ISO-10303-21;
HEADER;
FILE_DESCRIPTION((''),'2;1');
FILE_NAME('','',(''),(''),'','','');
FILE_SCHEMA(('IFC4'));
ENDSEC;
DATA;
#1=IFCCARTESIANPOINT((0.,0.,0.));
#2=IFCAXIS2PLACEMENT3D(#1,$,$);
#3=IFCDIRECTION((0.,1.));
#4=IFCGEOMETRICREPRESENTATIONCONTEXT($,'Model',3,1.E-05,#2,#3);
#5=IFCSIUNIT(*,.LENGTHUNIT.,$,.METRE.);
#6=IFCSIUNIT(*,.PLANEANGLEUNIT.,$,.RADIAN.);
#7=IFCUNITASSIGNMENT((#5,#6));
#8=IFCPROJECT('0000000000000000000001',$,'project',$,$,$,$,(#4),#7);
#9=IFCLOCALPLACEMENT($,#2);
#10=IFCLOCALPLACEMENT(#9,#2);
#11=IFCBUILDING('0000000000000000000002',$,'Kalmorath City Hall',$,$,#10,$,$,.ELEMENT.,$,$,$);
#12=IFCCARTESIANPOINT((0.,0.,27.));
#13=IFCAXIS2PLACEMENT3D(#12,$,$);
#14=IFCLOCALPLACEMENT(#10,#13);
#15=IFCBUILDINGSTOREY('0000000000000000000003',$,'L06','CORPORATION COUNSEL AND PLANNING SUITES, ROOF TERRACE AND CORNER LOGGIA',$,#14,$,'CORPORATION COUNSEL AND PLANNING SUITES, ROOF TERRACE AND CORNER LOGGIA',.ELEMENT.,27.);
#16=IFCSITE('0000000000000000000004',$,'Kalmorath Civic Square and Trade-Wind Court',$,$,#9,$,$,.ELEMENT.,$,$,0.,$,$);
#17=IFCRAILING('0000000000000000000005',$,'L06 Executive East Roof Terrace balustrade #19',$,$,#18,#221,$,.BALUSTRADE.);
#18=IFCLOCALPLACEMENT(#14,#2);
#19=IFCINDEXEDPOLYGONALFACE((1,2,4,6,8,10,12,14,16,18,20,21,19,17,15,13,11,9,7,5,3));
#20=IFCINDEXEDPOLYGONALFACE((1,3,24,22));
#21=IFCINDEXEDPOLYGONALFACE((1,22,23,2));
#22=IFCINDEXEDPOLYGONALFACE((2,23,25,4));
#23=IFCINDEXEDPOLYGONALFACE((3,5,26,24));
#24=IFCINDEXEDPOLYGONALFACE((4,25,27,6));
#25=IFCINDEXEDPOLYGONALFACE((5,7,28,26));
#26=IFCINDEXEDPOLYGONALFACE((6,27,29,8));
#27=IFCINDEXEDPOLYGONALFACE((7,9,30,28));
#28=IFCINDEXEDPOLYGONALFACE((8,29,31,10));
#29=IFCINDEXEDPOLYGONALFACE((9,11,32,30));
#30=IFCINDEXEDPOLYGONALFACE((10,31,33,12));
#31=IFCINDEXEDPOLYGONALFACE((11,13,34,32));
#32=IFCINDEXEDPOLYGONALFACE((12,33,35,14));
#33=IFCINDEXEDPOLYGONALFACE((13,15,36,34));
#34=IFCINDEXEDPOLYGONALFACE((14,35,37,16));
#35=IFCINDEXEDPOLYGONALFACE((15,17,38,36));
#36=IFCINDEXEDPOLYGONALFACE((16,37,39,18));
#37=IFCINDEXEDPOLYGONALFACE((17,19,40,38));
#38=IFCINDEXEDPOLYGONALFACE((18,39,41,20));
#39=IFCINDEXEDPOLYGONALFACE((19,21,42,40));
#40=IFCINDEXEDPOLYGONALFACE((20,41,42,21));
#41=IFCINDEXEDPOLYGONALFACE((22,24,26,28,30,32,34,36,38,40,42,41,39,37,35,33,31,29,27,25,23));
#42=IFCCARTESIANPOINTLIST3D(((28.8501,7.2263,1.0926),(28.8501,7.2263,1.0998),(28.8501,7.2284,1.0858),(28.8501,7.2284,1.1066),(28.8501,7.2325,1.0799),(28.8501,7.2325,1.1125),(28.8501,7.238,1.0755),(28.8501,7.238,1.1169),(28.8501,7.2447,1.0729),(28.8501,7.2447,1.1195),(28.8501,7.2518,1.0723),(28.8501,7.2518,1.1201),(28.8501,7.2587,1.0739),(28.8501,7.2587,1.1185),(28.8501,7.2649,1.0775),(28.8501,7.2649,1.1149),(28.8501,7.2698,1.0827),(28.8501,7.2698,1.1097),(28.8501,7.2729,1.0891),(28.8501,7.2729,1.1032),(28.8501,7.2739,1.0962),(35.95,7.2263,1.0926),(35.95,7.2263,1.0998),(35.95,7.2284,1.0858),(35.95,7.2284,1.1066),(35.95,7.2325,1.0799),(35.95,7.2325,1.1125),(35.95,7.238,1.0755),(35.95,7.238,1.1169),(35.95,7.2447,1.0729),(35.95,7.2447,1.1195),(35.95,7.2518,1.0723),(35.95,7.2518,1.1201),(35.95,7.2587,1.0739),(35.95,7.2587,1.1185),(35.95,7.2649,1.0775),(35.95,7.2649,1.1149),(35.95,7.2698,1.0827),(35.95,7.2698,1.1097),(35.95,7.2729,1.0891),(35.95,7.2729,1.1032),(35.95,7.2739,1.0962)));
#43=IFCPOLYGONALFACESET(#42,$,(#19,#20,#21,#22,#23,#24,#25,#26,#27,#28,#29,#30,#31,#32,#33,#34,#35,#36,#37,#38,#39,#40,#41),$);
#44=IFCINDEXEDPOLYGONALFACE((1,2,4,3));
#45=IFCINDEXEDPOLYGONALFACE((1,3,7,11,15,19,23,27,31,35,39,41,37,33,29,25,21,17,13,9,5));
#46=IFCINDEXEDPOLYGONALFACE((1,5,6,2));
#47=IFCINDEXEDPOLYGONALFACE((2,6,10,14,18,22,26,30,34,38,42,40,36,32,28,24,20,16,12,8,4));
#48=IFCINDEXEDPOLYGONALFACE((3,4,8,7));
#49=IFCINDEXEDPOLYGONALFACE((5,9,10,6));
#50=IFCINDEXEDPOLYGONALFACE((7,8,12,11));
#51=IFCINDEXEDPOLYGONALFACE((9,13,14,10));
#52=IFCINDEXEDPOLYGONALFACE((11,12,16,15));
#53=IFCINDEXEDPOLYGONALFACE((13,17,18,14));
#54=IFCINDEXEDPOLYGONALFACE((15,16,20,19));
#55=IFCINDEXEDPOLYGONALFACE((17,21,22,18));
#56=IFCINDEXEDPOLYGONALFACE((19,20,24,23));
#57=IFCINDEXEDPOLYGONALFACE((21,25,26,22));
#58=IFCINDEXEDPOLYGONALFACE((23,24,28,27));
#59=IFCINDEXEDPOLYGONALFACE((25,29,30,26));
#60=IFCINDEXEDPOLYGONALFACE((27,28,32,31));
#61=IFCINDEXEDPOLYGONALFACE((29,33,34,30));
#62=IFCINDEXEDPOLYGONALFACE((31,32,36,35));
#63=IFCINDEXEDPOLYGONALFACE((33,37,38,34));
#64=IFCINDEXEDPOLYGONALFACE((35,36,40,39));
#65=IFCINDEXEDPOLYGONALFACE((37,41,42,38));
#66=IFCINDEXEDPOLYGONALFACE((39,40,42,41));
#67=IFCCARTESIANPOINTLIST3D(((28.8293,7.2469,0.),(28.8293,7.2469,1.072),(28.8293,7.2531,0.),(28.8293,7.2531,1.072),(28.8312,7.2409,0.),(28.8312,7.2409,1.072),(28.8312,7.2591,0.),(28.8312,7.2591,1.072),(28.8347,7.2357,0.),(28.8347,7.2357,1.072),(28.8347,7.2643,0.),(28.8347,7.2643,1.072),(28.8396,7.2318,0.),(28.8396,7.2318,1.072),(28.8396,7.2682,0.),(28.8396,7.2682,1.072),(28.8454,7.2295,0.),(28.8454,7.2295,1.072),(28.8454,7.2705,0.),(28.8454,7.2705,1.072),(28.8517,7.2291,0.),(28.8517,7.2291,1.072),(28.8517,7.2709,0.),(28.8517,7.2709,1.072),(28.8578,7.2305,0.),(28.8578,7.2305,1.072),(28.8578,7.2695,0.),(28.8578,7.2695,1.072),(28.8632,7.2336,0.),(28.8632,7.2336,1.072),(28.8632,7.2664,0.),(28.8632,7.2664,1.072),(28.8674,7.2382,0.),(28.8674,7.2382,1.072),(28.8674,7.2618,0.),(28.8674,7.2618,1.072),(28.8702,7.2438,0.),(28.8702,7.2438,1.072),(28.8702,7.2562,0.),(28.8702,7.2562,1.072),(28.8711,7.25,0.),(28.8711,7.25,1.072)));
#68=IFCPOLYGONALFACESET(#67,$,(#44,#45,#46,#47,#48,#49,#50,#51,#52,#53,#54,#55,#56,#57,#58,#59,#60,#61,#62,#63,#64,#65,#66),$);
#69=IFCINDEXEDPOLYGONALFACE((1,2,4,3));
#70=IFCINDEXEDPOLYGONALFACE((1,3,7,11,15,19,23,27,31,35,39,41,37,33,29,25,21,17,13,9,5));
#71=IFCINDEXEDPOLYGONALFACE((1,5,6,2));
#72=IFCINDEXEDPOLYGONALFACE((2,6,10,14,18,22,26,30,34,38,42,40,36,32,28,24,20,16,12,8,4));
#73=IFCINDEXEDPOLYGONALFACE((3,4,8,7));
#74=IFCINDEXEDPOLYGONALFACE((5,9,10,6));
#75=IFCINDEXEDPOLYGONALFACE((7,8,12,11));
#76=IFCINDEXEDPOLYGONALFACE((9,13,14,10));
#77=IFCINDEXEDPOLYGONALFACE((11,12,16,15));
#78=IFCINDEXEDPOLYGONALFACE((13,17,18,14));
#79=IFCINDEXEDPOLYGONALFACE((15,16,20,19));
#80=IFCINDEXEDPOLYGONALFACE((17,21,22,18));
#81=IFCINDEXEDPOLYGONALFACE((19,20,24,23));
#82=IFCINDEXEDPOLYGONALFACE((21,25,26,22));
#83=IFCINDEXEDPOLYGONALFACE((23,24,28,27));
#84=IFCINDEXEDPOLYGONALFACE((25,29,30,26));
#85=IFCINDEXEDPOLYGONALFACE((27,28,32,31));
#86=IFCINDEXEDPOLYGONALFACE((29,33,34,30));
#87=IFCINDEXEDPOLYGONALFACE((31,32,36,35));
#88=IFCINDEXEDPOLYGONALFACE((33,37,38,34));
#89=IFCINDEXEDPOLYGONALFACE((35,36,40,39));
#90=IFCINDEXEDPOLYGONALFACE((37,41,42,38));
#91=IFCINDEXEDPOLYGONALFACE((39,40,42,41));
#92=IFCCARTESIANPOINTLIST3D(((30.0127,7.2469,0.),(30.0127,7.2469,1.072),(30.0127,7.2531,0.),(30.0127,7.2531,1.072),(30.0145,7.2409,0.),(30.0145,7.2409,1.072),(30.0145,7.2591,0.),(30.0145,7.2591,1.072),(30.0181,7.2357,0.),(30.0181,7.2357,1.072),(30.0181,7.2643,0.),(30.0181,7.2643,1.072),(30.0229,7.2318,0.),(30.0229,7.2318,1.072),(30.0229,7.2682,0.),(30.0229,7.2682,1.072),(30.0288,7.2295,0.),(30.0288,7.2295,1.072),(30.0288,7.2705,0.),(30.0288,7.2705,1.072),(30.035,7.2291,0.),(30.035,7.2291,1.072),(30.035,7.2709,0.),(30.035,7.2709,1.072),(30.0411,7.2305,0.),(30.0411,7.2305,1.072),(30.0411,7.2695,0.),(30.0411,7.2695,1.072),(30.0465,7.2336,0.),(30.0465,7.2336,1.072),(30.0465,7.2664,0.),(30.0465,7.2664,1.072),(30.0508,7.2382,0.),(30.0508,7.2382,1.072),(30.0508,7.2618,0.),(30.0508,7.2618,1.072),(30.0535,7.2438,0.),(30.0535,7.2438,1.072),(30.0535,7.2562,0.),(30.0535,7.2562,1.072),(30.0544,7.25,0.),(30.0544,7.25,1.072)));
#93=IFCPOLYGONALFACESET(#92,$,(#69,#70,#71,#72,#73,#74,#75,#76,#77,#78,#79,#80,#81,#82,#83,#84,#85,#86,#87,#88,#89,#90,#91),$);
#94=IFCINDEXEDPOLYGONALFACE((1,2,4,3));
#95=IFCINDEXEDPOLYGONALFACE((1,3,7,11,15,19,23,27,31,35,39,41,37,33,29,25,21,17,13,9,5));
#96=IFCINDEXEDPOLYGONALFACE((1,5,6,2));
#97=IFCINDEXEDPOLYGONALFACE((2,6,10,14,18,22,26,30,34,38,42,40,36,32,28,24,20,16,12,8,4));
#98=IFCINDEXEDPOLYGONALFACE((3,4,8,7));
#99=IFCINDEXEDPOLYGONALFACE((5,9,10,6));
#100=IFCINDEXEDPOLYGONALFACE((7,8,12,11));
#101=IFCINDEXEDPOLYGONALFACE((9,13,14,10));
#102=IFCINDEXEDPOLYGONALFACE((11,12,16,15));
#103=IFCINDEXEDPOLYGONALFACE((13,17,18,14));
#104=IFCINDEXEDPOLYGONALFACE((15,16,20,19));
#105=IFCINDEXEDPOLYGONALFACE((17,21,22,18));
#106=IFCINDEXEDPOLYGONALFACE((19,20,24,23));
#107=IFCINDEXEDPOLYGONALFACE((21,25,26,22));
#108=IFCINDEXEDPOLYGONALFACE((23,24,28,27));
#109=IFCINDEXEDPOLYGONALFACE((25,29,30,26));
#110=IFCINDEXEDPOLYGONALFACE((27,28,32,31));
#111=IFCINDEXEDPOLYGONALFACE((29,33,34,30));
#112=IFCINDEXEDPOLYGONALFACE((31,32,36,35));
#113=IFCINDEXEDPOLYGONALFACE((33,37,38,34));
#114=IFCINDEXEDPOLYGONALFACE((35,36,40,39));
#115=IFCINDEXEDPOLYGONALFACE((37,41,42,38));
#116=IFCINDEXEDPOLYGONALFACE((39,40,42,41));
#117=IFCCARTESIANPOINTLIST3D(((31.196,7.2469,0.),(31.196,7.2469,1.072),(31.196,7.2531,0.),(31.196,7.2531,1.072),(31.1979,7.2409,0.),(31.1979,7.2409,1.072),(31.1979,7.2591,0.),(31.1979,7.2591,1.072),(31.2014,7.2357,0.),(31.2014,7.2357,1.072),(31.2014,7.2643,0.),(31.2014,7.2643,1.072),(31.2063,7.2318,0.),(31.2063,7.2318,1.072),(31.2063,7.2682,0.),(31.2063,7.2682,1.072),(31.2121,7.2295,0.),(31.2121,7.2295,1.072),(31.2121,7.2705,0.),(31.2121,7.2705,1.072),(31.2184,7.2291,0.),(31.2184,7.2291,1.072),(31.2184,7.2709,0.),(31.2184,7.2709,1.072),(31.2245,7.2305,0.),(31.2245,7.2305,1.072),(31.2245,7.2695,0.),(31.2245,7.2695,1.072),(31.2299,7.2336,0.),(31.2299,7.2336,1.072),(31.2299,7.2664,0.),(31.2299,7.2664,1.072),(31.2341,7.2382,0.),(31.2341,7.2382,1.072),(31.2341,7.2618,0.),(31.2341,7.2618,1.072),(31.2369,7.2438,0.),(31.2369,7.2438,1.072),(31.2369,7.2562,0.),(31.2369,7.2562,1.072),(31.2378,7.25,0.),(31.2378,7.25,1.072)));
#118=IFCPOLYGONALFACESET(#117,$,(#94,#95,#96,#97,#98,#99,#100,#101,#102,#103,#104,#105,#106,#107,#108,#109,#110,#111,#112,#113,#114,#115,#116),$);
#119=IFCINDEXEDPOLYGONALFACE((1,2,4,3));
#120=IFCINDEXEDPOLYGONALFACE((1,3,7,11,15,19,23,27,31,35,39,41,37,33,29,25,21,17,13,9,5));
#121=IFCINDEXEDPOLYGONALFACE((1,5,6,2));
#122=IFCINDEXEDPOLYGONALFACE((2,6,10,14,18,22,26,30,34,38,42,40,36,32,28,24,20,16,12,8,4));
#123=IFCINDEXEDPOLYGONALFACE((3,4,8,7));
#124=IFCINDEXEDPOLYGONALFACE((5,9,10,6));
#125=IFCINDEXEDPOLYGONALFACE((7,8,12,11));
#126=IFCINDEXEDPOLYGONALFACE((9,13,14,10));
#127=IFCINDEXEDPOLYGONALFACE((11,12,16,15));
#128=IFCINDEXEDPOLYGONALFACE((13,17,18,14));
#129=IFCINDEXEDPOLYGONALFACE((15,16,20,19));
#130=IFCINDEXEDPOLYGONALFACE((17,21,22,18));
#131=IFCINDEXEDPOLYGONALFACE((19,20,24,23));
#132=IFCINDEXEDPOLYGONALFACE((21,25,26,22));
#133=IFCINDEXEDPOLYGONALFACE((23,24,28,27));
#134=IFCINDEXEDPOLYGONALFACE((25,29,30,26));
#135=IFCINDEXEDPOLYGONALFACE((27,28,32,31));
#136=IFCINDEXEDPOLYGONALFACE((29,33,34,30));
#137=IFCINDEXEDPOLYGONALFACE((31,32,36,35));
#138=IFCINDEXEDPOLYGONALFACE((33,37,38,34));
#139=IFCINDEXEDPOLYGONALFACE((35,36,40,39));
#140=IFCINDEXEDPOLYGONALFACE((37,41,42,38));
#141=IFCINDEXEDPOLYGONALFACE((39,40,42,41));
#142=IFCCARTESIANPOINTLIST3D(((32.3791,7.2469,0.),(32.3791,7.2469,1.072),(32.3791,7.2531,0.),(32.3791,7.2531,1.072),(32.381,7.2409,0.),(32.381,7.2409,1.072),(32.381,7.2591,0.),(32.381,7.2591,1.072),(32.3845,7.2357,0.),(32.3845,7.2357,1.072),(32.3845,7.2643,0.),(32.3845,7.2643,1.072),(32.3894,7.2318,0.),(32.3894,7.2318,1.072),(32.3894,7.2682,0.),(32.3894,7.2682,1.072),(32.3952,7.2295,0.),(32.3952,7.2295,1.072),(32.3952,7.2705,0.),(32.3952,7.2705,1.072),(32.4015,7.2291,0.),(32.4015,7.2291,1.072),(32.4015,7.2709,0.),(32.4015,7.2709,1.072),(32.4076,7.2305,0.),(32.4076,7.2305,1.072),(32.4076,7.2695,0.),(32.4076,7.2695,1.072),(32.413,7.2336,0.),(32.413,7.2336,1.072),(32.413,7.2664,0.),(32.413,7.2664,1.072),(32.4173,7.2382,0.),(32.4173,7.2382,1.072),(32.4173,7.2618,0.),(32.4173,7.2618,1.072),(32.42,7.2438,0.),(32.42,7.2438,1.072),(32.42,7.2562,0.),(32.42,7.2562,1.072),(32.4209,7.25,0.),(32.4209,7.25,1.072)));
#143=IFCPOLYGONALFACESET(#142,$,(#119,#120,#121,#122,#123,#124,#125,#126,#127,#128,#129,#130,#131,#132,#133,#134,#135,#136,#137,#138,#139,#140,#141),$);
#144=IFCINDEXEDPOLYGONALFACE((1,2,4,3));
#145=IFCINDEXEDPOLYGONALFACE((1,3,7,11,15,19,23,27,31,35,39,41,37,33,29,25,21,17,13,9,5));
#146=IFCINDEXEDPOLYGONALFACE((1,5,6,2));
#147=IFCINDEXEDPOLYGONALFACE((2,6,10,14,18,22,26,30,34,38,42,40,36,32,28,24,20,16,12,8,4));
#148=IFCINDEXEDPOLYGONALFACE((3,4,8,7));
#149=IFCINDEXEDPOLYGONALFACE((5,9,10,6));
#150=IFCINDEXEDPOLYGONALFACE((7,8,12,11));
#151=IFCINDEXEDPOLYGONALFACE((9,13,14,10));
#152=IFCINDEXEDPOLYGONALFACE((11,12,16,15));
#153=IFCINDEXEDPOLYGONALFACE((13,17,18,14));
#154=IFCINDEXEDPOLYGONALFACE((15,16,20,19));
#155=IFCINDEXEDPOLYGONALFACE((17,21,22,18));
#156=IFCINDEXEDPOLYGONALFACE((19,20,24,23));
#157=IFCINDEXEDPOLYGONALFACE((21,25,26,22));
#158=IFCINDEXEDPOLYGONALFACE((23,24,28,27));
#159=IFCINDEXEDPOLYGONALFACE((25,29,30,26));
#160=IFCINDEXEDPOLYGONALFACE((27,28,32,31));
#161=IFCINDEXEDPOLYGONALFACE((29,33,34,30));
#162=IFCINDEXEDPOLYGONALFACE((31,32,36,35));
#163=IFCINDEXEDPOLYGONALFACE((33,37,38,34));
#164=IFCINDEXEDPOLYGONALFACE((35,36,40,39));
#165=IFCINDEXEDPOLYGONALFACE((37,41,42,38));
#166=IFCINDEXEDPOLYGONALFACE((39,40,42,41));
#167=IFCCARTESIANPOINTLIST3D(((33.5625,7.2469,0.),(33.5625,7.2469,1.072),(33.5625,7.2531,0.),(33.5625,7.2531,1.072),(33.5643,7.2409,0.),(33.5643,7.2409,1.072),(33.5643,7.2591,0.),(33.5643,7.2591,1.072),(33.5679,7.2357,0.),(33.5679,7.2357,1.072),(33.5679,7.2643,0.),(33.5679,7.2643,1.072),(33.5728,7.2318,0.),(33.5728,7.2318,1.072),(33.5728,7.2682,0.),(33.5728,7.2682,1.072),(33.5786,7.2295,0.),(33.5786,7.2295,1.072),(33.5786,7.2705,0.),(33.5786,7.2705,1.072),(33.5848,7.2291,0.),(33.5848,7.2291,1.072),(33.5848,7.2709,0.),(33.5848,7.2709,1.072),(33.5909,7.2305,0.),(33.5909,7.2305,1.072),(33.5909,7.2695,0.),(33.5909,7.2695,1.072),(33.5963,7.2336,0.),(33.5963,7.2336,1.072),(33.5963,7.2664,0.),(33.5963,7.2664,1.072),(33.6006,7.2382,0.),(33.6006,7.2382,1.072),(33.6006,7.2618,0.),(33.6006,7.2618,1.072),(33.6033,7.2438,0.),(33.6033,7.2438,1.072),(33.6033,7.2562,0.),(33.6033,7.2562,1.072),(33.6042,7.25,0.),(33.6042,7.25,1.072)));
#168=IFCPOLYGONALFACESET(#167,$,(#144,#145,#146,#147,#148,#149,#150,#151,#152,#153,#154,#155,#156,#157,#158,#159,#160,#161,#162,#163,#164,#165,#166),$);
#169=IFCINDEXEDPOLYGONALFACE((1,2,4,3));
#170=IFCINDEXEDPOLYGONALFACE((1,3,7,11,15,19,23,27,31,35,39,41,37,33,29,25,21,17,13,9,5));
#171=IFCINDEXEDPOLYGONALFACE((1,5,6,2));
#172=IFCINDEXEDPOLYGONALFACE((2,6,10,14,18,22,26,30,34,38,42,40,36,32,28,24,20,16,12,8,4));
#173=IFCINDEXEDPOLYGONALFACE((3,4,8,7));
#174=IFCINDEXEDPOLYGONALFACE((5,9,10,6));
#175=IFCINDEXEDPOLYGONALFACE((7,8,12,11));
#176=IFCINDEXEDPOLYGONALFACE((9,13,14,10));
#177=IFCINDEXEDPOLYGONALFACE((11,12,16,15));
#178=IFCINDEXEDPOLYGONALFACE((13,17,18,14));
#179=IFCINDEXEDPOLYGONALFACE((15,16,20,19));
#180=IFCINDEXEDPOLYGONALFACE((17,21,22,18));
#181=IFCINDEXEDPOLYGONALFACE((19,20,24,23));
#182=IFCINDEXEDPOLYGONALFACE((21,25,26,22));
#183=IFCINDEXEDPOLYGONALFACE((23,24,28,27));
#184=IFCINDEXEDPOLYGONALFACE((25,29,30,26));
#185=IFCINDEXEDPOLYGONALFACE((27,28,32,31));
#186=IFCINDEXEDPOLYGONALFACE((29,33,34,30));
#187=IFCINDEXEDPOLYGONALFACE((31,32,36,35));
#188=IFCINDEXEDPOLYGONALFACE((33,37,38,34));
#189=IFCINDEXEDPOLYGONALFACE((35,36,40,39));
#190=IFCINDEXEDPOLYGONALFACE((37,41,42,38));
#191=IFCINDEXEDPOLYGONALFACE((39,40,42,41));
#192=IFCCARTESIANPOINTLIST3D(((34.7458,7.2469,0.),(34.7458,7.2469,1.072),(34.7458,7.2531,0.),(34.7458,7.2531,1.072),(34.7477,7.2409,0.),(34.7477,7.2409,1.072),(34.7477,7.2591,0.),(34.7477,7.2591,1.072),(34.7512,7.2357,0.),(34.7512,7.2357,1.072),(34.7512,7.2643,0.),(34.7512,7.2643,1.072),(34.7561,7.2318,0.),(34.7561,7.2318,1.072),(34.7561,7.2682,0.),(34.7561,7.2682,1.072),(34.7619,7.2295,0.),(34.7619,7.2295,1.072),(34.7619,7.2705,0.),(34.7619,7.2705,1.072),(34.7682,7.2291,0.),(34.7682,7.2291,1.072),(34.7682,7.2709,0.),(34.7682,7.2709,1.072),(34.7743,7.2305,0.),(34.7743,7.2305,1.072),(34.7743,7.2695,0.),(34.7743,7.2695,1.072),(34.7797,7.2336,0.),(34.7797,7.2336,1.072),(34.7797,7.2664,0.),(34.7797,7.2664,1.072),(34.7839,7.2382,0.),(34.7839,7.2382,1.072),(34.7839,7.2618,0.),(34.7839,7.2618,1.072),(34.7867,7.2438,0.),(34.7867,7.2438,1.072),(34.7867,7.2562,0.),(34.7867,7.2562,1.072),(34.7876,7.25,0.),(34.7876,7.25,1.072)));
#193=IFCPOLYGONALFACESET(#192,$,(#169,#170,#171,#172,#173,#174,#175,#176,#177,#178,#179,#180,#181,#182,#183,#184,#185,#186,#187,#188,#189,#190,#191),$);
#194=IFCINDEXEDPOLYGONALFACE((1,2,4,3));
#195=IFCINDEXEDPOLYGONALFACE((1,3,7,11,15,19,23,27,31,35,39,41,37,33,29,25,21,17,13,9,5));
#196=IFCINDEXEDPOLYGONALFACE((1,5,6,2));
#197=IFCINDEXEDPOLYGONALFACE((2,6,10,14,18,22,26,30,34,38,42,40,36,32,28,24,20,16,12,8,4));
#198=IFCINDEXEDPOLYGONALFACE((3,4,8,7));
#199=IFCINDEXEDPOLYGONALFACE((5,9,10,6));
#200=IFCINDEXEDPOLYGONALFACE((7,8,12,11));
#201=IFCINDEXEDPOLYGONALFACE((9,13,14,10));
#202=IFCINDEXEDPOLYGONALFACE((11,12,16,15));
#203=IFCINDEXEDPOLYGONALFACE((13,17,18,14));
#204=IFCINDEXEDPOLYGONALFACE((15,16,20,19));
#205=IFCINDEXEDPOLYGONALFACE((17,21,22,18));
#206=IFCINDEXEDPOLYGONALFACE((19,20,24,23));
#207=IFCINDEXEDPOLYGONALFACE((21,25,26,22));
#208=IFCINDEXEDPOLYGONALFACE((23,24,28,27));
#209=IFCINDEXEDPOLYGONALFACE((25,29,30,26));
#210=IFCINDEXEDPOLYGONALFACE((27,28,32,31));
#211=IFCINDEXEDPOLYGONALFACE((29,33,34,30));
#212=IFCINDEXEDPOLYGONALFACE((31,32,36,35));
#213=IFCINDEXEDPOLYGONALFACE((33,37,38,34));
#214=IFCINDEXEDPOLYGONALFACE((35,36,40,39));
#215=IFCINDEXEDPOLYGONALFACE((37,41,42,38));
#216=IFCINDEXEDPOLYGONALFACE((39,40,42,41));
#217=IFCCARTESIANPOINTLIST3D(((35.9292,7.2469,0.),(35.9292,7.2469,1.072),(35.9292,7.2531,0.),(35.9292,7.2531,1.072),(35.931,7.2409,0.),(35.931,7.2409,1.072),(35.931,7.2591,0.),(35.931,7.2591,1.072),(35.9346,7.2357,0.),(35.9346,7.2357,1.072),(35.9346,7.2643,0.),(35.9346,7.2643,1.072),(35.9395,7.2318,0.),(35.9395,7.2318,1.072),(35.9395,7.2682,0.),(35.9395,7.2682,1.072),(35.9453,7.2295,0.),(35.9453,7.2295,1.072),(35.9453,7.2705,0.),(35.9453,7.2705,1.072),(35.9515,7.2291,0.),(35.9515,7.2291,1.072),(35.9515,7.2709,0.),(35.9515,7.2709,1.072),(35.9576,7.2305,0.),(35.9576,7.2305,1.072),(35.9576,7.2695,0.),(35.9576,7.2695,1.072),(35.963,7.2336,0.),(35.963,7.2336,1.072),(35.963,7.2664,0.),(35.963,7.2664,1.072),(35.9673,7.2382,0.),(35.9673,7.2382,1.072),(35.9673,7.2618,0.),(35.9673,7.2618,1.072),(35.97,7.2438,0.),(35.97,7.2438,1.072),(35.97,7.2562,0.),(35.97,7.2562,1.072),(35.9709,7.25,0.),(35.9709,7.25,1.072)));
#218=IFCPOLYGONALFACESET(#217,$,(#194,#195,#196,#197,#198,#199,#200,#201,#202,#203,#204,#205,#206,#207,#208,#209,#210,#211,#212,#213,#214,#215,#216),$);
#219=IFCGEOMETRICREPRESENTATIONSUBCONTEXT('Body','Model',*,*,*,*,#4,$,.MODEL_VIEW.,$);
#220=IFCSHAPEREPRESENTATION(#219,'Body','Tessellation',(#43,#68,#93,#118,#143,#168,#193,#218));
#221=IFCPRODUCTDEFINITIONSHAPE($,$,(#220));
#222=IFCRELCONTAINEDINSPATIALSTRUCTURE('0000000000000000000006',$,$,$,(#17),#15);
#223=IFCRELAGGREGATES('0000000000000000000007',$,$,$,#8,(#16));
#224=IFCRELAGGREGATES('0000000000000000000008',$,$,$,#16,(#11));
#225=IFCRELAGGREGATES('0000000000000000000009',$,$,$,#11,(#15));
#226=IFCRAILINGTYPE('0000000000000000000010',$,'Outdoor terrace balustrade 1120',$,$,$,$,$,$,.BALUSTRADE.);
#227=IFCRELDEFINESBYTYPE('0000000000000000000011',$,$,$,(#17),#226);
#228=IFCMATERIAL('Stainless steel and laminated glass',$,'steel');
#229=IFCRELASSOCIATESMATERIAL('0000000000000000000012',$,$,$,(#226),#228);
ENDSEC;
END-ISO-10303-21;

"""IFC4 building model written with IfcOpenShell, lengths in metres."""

from ifc_helpers import new_model, si_unit, direction, frame, origin, origin_2d, place, context, subcontext, project, spatial, circle, extrude, material, type_object, element, save


model = new_model("IFC4")

# Units and contexts
model_context = context("Model", 3, precision=1e-05, world=origin(), true_north=direction((0.0, 1.0)))
body_context = subcontext(model_context, "Body", "Model", "MODEL_VIEW")
ifc_project = project(units=[si_unit("LENGTHUNIT", "METRE"), si_unit("PLANEANGLEUNIT", "RADIAN")], contexts=[model_context])

# Site, building, storey
site_placement = place(None, origin())
site = spatial("IfcSite", under=ifc_project, at=site_placement, Name="Kalmorath Civic Square and Trade-Wind Court", CompositionType="ELEMENT", RefElevation=0.0)
building_placement = place(site_placement, origin())
building = spatial("IfcBuilding", under=site, at=building_placement, Name="Kalmorath City Hall", CompositionType="ELEMENT")
storey_placement = place(building_placement, frame((0.0, 0.0, 27.0)))
storey = spatial("IfcBuildingStorey", under=building, at=storey_placement, Name="L06", Description="CORPORATION COUNSEL AND PLANNING SUITES, ROOF TERRACE AND CORNER LOGGIA", LongName="CORPORATION COUNSEL AND PLANNING SUITES, ROOF TERRACE AND CORNER LOGGIA", CompositionType="ELEMENT", Elevation=27.0)

# Railing
ifc_material_1 = material(Name="Stainless steel and laminated glass", Category="steel")
railing_type = type_object("IfcRailingType", Name="Outdoor terrace balustrade 1120", PredefinedType="BALUSTRADE", material=ifc_material_1)
railing_1_placement = place(storey_placement, frame((28.8501, 7.25, 0.0)))
element("IfcRailing", 1, at=railing_1_placement, inside=storey, type_object=railing_type, Name="L06 Executive East Roof Terrace balustrade #19", PredefinedType="BALUSTRADE", context=body_context, shape_type="SweptSolid", body=[
    extrude(circle(Radius=0.0239, at=origin_2d()), frame((0.0, 0.0, 1.0962), z_axis=(1.0, 0.0, 0.0), x_axis=(0.0, 1.0, 0.0)), (0.0, 0.0, 1.0), 7.0999),
    extrude(circle(Radius=0.021, at=origin_2d()), origin(), (0.0, 0.0, 1.0), 1.072),
    extrude(circle(Radius=0.021, at=origin_2d()), frame((1.1833, 0.0, 0.0)), (0.0, 0.0, 1.0), 1.072),
    extrude(circle(Radius=0.021, at=origin_2d()), frame((2.3667, 0.0, 0.0)), (0.0, 0.0, 1.0), 1.072),
    extrude(circle(Radius=0.021, at=origin_2d()), frame((3.5498, 0.0, 0.0)), (0.0, 0.0, 1.0), 1.072),
    extrude(circle(Radius=0.021, at=origin_2d()), frame((4.7332, 0.0, 0.0)), (0.0, 0.0, 1.0), 1.072),
    extrude(circle(Radius=0.021, at=origin_2d()), frame((5.9165, 0.0, 0.0)), (0.0, 0.0, 1.0), 1.072),
    extrude(circle(Radius=0.021, at=origin_2d()), frame((7.0999, 0.0, 0.0)), (0.0, 0.0, 1.0), 1.072),
])

save(model, "model.ifc")
